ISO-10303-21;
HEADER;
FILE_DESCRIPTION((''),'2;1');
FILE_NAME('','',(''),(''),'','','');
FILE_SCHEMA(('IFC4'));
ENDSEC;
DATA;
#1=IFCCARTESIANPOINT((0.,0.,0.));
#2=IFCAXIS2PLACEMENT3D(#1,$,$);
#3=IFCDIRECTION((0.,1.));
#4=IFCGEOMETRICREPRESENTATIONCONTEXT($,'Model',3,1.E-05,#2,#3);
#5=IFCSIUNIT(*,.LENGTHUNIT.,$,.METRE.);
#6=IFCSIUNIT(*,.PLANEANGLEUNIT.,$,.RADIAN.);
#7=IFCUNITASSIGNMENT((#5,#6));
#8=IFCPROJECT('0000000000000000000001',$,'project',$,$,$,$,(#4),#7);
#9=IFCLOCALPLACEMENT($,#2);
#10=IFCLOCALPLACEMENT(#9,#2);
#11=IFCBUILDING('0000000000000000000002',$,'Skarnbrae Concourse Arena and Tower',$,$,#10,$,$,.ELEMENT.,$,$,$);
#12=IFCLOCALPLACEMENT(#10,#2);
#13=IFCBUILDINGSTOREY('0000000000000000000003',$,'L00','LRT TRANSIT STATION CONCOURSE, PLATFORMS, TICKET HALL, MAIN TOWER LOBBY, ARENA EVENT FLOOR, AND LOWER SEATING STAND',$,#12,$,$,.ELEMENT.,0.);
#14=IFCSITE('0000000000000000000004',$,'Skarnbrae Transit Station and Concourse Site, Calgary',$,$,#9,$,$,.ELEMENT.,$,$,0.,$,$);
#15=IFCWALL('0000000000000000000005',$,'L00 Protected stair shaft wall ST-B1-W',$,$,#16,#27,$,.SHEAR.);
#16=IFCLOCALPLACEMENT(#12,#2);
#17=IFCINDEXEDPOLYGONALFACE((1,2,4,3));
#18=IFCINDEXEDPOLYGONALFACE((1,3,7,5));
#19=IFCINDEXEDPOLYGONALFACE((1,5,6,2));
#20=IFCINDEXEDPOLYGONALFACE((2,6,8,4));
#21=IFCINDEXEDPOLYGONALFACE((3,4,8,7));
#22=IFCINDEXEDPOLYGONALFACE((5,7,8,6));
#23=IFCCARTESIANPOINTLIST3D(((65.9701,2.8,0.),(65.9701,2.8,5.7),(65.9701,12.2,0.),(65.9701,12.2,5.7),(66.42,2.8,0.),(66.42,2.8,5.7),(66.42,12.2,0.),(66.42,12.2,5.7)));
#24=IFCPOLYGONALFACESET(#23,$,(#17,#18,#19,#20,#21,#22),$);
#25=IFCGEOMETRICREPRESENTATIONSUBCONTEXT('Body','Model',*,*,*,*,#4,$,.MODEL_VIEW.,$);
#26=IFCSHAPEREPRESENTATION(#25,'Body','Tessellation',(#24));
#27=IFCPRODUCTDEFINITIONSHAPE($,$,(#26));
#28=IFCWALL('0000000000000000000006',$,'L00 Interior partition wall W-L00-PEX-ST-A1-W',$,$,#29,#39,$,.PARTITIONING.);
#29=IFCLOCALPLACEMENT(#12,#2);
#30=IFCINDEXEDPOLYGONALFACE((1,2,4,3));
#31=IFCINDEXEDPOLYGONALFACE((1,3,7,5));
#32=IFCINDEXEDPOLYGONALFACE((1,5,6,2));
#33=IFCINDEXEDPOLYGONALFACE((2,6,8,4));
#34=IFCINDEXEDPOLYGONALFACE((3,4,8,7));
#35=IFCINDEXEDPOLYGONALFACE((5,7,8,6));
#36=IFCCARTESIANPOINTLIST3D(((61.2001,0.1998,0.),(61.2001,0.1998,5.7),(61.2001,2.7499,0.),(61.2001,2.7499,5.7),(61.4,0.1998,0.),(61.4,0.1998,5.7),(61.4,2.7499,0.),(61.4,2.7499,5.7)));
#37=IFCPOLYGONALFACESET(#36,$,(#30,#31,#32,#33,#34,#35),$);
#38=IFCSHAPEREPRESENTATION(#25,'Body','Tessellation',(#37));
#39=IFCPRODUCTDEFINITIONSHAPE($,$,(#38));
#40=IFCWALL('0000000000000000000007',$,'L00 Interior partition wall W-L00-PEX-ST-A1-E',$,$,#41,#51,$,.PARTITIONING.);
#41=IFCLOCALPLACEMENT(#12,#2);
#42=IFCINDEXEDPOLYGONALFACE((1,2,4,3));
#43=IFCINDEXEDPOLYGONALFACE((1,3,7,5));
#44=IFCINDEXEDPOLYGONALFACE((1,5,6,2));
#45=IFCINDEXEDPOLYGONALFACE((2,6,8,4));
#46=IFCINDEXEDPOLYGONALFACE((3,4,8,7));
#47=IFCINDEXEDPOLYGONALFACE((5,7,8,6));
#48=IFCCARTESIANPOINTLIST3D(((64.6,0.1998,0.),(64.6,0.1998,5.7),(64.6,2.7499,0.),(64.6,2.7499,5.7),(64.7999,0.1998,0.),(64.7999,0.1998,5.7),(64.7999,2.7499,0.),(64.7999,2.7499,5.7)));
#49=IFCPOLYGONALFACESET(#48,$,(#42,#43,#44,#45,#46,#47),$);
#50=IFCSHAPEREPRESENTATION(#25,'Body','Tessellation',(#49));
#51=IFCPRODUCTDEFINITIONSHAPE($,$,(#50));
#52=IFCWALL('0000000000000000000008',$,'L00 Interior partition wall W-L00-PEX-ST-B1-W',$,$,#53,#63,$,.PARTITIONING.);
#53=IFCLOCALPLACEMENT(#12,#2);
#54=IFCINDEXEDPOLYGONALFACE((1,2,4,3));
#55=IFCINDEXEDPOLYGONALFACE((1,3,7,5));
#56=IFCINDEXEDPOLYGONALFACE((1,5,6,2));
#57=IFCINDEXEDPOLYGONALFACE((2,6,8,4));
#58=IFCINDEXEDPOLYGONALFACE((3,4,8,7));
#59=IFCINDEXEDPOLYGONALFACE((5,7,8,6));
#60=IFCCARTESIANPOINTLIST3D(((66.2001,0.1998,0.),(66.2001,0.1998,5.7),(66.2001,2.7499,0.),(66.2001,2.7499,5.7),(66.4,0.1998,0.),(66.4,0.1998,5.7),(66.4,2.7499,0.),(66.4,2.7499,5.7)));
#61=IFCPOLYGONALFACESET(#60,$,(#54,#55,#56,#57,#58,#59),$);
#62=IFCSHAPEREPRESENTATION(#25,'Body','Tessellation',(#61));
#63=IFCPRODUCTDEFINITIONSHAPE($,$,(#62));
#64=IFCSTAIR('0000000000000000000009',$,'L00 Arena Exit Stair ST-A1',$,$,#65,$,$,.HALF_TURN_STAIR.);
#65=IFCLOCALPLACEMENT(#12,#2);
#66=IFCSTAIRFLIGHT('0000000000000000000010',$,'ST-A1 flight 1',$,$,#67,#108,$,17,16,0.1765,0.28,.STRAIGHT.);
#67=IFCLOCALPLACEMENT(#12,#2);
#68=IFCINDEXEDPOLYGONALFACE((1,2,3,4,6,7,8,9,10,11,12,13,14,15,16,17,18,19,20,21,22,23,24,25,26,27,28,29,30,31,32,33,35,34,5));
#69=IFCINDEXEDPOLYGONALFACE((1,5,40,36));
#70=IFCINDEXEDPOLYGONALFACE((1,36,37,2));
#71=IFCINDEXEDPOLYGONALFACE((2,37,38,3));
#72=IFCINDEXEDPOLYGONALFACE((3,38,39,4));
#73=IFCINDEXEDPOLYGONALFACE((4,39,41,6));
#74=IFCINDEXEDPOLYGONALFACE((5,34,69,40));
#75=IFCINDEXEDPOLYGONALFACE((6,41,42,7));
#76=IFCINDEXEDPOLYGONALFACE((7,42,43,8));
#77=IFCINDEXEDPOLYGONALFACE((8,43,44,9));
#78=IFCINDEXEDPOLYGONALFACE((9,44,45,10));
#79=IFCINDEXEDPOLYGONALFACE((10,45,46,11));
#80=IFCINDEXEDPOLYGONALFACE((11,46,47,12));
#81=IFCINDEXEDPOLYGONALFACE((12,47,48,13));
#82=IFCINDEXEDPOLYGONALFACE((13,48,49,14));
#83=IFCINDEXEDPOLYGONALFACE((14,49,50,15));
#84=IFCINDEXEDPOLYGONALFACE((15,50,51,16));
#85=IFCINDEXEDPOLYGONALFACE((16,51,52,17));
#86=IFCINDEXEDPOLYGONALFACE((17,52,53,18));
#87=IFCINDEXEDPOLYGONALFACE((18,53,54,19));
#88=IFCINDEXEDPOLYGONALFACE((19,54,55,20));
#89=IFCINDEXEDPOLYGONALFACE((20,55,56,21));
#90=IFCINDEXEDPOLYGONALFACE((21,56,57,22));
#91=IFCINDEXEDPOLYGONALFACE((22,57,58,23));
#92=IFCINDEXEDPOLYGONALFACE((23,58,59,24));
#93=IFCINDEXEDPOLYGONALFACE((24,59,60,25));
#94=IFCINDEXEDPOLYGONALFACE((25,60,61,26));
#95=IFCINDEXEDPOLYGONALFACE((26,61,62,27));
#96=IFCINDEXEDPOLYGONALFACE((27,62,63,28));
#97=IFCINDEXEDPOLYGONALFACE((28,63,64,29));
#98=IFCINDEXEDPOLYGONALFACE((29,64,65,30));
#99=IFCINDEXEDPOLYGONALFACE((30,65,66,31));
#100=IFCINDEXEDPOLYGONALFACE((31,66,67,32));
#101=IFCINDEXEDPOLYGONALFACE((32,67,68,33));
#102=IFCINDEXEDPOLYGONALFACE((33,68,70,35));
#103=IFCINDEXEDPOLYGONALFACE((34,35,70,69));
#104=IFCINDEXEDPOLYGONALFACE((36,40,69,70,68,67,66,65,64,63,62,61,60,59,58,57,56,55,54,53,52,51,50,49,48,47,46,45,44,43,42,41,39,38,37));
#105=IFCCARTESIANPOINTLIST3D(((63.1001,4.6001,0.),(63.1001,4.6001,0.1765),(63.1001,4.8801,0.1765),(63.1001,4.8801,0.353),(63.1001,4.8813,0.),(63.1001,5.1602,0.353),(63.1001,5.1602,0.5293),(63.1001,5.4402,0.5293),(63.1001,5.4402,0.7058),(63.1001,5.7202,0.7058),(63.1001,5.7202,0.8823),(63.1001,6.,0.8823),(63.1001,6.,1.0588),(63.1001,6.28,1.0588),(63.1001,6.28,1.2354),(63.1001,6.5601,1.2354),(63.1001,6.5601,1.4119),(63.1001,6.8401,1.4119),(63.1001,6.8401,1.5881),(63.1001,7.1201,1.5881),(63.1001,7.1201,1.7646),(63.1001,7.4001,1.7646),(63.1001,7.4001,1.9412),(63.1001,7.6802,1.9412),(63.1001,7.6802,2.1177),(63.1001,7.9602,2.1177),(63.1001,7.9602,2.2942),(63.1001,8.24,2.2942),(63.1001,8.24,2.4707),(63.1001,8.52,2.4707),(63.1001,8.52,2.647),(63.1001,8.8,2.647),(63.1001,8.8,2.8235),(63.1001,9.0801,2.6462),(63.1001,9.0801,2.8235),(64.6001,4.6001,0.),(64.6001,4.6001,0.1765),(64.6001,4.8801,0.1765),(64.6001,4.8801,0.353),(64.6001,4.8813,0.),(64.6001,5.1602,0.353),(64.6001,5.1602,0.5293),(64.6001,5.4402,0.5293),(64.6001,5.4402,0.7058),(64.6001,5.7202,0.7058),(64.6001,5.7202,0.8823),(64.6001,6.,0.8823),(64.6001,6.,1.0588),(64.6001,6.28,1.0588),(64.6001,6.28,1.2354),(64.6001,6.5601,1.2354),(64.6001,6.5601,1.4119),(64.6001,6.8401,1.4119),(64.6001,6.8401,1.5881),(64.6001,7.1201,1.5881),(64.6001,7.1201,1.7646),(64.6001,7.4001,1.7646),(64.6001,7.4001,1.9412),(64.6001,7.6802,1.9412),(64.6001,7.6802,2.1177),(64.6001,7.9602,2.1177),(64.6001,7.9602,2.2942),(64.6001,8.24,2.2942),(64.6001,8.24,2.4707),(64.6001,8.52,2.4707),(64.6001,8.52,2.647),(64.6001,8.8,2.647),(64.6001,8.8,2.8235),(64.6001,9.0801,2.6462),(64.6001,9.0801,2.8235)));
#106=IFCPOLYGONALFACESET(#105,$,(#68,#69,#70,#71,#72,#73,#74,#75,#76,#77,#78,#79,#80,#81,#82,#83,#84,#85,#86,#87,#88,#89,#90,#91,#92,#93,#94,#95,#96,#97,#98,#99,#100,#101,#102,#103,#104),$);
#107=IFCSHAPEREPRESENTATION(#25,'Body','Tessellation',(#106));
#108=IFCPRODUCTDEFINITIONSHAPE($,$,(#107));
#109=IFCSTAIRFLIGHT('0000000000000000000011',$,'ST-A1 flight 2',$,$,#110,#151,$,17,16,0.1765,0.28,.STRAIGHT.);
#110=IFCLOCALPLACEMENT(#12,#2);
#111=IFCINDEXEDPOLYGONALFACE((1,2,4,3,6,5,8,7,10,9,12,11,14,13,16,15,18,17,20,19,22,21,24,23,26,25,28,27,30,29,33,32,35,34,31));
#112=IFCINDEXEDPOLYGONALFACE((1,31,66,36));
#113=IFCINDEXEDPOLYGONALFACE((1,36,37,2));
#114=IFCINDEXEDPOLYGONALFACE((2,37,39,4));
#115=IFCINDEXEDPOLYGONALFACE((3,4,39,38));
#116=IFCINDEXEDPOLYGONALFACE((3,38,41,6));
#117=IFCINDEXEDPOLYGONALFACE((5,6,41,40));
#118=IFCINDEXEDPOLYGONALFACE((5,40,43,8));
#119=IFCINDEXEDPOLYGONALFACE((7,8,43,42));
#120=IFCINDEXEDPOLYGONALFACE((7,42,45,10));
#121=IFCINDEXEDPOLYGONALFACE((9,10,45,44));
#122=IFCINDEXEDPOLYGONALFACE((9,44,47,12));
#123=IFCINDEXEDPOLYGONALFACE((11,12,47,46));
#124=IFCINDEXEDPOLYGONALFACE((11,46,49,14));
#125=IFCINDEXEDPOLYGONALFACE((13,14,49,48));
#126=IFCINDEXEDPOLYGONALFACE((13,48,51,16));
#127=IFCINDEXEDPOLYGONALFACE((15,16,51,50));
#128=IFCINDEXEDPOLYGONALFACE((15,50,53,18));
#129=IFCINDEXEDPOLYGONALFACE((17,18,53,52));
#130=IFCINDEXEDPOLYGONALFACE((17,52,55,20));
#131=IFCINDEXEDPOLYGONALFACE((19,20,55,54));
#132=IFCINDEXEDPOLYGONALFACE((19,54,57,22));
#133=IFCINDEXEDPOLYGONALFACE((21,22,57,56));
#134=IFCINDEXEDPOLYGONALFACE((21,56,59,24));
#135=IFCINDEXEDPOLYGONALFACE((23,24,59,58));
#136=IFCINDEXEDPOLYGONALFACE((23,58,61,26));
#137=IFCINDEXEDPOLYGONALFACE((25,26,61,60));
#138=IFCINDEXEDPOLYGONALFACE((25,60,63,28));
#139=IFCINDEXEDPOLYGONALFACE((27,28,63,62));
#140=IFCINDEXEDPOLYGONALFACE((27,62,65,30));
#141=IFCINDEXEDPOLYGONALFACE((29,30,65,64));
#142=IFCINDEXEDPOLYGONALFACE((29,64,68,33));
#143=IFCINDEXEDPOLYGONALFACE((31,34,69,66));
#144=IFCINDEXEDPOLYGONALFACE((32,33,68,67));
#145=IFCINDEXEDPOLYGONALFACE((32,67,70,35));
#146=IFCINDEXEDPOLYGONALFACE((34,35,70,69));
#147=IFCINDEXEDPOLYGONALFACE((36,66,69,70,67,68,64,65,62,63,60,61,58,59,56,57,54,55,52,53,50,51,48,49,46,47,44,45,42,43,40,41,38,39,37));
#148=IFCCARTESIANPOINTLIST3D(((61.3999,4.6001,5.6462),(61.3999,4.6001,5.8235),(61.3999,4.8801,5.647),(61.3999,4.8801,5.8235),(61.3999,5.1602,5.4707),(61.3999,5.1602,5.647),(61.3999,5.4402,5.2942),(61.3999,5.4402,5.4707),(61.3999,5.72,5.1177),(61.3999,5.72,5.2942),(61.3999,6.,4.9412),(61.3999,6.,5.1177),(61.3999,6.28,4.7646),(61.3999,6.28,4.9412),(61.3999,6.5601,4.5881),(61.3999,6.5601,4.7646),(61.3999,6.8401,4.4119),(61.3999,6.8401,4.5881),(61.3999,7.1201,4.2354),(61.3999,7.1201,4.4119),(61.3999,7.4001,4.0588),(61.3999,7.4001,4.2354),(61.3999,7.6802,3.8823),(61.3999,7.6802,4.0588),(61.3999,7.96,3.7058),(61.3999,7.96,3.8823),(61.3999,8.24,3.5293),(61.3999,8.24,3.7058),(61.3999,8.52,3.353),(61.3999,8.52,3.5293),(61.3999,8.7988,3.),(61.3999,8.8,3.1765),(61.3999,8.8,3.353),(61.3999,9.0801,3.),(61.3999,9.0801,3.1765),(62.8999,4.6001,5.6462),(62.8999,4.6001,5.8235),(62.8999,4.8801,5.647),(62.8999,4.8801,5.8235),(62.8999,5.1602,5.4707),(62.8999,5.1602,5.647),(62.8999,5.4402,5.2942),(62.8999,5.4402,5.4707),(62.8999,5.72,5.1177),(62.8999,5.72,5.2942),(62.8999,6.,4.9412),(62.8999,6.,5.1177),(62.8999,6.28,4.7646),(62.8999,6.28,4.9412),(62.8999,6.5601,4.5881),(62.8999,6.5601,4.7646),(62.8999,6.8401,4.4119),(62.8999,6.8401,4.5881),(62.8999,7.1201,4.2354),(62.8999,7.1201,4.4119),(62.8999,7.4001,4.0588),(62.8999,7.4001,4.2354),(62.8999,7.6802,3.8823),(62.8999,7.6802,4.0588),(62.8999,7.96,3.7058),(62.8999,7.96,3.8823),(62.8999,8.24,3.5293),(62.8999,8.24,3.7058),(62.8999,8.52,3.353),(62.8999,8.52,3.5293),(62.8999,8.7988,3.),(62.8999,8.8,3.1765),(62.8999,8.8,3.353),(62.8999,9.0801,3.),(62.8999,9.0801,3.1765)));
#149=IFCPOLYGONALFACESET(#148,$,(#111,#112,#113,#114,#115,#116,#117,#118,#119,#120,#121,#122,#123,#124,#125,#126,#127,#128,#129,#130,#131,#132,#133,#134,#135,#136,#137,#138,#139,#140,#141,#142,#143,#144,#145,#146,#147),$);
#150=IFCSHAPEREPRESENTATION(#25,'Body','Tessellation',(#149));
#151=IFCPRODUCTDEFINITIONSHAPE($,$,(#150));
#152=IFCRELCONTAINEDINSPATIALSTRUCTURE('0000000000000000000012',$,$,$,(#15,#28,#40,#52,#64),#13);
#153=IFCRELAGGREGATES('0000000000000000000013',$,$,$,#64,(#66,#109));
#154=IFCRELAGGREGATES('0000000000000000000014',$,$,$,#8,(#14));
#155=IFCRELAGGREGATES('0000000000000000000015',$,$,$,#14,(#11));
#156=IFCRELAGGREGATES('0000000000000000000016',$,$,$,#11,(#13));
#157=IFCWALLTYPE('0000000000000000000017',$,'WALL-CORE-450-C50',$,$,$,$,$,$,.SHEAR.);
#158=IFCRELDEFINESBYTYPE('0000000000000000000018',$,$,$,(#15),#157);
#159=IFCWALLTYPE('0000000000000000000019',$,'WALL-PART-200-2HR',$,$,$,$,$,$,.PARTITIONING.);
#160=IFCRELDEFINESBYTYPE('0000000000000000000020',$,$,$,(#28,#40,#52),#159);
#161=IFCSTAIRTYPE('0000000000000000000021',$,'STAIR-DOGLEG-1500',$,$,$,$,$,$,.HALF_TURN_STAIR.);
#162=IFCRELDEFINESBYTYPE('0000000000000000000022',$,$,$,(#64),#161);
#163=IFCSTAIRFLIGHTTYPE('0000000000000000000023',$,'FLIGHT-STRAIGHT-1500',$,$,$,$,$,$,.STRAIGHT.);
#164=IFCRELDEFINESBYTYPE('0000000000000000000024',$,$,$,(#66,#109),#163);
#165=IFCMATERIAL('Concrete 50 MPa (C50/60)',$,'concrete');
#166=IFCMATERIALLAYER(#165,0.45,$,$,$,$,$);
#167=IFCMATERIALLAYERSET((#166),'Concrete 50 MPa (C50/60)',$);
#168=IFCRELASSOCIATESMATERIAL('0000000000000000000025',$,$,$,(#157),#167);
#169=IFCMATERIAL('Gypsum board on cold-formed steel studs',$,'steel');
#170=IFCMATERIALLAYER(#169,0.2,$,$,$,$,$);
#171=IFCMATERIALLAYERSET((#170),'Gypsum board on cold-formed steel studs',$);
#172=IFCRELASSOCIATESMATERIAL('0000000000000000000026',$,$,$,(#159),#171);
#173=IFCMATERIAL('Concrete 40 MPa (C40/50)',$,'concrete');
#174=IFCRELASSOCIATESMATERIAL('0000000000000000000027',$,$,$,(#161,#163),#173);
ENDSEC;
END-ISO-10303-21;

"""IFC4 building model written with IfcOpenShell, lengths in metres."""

from ifc_helpers import new_model, si_unit, direction, frame, frame_2d, origin, place, context, subcontext, project, spatial, polyline, rectangle, outline, extrude, source, transform, mapped, material, layer, layer_set, type_object, element, aggregate, save


model = new_model("IFC4")

# Units and contexts
model_context = context("Model", 3, precision=1e-05, world=origin(), true_north=direction((0.0, 1.0)))
body_context = subcontext(model_context, "Body", "Model", "MODEL_VIEW")
ifc_project = project(units=[si_unit("LENGTHUNIT", "METRE"), si_unit("PLANEANGLEUNIT", "RADIAN")], contexts=[model_context])

# Site, building, storey
site_placement = place(None, origin())
site = spatial("IfcSite", under=ifc_project, at=site_placement, Name="Skarnbrae Transit Station and Concourse Site, Calgary", CompositionType="ELEMENT", RefElevation=0.0)
building_placement = place(site_placement, origin())
building = spatial("IfcBuilding", under=site, at=building_placement, Name="Skarnbrae Concourse Arena and Tower", CompositionType="ELEMENT")
storey_placement = place(building_placement, origin())
storey = spatial("IfcBuildingStorey", under=building, at=storey_placement, Name="L00", Description="LRT TRANSIT STATION CONCOURSE, PLATFORMS, TICKET HALL, MAIN TOWER LOBBY, ARENA EVENT FLOOR, AND LOWER SEATING STAND", CompositionType="ELEMENT", Elevation=0.0)

# Shared definitions
ifc_material_1 = material(Name="Concrete 50 MPa (C50/60)", Category="concrete")
ifc_layer_1 = layer(ifc_material_1, 0.45)
ifc_layer_set_1 = layer_set([ifc_layer_1], Name="Concrete 50 MPa (C50/60)")
wall_type_1 = type_object("IfcWallType", Name="WALL-CORE-450-C50", PredefinedType="SHEAR", material=ifc_layer_set_1)

# Walls
shared_shape_1 = source(origin(), body_context, "Body", "SweptSolid", [
    extrude(rectangle(XDim=9.3999, YDim=0.45, at=frame_2d((4.7, 0.0))), origin(), (0.0, 0.0, 1.0), 5.7),
])
wall_1_placement = place(storey_placement, frame((66.1951, 2.8, 0.0), z_axis=(0.0, 0.0, 1.0), x_axis=(0.0, 1.0, 0.0)))
element("IfcWall", 1, at=wall_1_placement, inside=storey, type_object=wall_type_1, Name="L00 Protected stair shaft wall ST-B1-W", PredefinedType="SHEAR", context=body_context, shape_type="MappedRepresentation", body=[
    mapped(shared_shape_1, transform((0.0, 0.0, 0.0))),
])
ifc_material_2 = material(Name="Gypsum board on cold-formed steel studs", Category="steel")
ifc_layer_2 = layer(ifc_material_2, 0.2)
ifc_layer_set_2 = layer_set([ifc_layer_2], Name="Gypsum board on cold-formed steel studs")
wall_type_2 = type_object("IfcWallType", Name="WALL-PART-200-2HR", PredefinedType="PARTITIONING", material=ifc_layer_set_2)
shared_shape_2 = source(origin(), body_context, "Body", "SweptSolid", [
    extrude(rectangle(XDim=2.55, YDim=0.2, at=frame_2d((1.2749, 0.0))), origin(), (0.0, 0.0, 1.0), 5.7),
])
for number, where, z_axis, x_axis, name in (
    (2, (61.3, 0.2, 0.0), (0.0, 0.0, 1.0), (0.0, 1.0, 0.0), "L00 Interior partition wall W-L00-PEX-ST-A1-W"),
    (3, (64.7, 0.2, 0.0), (0.0, 0.0, 1.0), (0.0, 1.0, 0.0), "L00 Interior partition wall W-L00-PEX-ST-A1-E"),
    (4, (66.3, 0.2, 0.0), (0.0, 0.0, 1.0), (0.0, 1.0, 0.0), "L00 Interior partition wall W-L00-PEX-ST-B1-W"),
):
    element("IfcWall", number, at=place(storey_placement, frame(where, z_axis=z_axis, x_axis=x_axis)), inside=storey, type_object=wall_type_2, Name=name, PredefinedType="PARTITIONING", context=body_context, shape_type="MappedRepresentation", body=[
        mapped(shared_shape_2, transform((0.0, 0.0, 0.0))),
    ])

# Stair, stair flights
ifc_material_3 = material(Name="Concrete 40 MPa (C40/50)", Category="concrete")
stair_type = type_object("IfcStairType", Name="STAIR-DOGLEG-1500", PredefinedType="HALF_TURN_STAIR", material=ifc_material_3)
stair_placement = place(storey_placement, origin())
stair = element("IfcStair", 5, at=stair_placement, inside=storey, type_object=stair_type, Name="L00 Arena Exit Stair ST-A1", PredefinedType="HALF_TURN_STAIR")
stair_flight_type = type_object("IfcStairFlightType", Name="FLIGHT-STRAIGHT-1500", PredefinedType="STRAIGHT", material=ifc_material_3)
shared_shape_3 = source(origin(), body_context, "Body", "SweptSolid", [
    extrude(outline(polyline([(0.0, 0.0), (0.0, 0.1765), (0.28, 0.1765), (0.28, 0.353), (0.5601, 0.353), (0.5601, 0.5293), (0.8401, 0.5293), (0.8401, 0.7058), (1.1201, 0.7058), (1.1201, 0.8823), (1.3999, 0.8823), (1.3999, 1.0588), (1.6799, 1.0588), (1.6799, 1.2354), (1.96, 1.2354), (1.96, 1.4119), (2.24, 1.4119), (2.24, 1.5881), (2.52, 1.5881), (2.52, 1.7646), (2.8, 1.7646), (2.8, 1.9412), (3.0801, 1.9412), (3.0801, 2.1177), (3.3601, 2.1177), (3.3601, 2.2942), (3.6399, 2.2942), (3.6399, 2.4707), (3.9199, 2.4707), (3.9199, 2.647), (4.2, 2.647), (4.2, 2.8235), (4.48, 2.8235), (4.48, 3.0), (4.48, 2.6462), (0.2812, 0.0), (0.0, 0.0)])), frame((0.0, 0.75, 0.0), z_axis=(0.0, -1.0, 0.0), x_axis=(1.0, 0.0, 0.0)), (0.0, 0.0, 1.0), 1.5),
])
stair_flight_1_placement = place(storey_placement, frame((63.8501, 4.6001, 0.0), z_axis=(0.0, 0.0, 1.0), x_axis=(0.0, 1.0, 0.0)))
stair_flight_1 = element("IfcStairFlight", 6, at=stair_flight_1_placement, type_object=stair_flight_type, Name="ST-A1 flight 1", NumberOfRisers=17, NumberOfTreads=16, PredefinedType="STRAIGHT", RiserHeight=0.1765, TreadLength=0.28, context=body_context, shape_type="MappedRepresentation", body=[
    mapped(shared_shape_3, transform((0.0, 0.0, 0.0))),
])
stair_flight_2_placement = place(storey_placement, frame((62.1499, 9.0801, 3.0), z_axis=(0.0, 0.0, 1.0), x_axis=(0.0, -1.0, 0.0)))
stair_flight_2 = element("IfcStairFlight", 7, at=stair_flight_2_placement, type_object=stair_flight_type, Name="ST-A1 flight 2", NumberOfRisers=17, NumberOfTreads=16, PredefinedType="STRAIGHT", RiserHeight=0.1765, TreadLength=0.28, context=body_context, shape_type="MappedRepresentation", body=[
    mapped(shared_shape_3, transform((0.0, 0.0, 0.0))),
])
aggregate(stair, [stair_flight_1, stair_flight_2])

save(model, "model.ifc")
